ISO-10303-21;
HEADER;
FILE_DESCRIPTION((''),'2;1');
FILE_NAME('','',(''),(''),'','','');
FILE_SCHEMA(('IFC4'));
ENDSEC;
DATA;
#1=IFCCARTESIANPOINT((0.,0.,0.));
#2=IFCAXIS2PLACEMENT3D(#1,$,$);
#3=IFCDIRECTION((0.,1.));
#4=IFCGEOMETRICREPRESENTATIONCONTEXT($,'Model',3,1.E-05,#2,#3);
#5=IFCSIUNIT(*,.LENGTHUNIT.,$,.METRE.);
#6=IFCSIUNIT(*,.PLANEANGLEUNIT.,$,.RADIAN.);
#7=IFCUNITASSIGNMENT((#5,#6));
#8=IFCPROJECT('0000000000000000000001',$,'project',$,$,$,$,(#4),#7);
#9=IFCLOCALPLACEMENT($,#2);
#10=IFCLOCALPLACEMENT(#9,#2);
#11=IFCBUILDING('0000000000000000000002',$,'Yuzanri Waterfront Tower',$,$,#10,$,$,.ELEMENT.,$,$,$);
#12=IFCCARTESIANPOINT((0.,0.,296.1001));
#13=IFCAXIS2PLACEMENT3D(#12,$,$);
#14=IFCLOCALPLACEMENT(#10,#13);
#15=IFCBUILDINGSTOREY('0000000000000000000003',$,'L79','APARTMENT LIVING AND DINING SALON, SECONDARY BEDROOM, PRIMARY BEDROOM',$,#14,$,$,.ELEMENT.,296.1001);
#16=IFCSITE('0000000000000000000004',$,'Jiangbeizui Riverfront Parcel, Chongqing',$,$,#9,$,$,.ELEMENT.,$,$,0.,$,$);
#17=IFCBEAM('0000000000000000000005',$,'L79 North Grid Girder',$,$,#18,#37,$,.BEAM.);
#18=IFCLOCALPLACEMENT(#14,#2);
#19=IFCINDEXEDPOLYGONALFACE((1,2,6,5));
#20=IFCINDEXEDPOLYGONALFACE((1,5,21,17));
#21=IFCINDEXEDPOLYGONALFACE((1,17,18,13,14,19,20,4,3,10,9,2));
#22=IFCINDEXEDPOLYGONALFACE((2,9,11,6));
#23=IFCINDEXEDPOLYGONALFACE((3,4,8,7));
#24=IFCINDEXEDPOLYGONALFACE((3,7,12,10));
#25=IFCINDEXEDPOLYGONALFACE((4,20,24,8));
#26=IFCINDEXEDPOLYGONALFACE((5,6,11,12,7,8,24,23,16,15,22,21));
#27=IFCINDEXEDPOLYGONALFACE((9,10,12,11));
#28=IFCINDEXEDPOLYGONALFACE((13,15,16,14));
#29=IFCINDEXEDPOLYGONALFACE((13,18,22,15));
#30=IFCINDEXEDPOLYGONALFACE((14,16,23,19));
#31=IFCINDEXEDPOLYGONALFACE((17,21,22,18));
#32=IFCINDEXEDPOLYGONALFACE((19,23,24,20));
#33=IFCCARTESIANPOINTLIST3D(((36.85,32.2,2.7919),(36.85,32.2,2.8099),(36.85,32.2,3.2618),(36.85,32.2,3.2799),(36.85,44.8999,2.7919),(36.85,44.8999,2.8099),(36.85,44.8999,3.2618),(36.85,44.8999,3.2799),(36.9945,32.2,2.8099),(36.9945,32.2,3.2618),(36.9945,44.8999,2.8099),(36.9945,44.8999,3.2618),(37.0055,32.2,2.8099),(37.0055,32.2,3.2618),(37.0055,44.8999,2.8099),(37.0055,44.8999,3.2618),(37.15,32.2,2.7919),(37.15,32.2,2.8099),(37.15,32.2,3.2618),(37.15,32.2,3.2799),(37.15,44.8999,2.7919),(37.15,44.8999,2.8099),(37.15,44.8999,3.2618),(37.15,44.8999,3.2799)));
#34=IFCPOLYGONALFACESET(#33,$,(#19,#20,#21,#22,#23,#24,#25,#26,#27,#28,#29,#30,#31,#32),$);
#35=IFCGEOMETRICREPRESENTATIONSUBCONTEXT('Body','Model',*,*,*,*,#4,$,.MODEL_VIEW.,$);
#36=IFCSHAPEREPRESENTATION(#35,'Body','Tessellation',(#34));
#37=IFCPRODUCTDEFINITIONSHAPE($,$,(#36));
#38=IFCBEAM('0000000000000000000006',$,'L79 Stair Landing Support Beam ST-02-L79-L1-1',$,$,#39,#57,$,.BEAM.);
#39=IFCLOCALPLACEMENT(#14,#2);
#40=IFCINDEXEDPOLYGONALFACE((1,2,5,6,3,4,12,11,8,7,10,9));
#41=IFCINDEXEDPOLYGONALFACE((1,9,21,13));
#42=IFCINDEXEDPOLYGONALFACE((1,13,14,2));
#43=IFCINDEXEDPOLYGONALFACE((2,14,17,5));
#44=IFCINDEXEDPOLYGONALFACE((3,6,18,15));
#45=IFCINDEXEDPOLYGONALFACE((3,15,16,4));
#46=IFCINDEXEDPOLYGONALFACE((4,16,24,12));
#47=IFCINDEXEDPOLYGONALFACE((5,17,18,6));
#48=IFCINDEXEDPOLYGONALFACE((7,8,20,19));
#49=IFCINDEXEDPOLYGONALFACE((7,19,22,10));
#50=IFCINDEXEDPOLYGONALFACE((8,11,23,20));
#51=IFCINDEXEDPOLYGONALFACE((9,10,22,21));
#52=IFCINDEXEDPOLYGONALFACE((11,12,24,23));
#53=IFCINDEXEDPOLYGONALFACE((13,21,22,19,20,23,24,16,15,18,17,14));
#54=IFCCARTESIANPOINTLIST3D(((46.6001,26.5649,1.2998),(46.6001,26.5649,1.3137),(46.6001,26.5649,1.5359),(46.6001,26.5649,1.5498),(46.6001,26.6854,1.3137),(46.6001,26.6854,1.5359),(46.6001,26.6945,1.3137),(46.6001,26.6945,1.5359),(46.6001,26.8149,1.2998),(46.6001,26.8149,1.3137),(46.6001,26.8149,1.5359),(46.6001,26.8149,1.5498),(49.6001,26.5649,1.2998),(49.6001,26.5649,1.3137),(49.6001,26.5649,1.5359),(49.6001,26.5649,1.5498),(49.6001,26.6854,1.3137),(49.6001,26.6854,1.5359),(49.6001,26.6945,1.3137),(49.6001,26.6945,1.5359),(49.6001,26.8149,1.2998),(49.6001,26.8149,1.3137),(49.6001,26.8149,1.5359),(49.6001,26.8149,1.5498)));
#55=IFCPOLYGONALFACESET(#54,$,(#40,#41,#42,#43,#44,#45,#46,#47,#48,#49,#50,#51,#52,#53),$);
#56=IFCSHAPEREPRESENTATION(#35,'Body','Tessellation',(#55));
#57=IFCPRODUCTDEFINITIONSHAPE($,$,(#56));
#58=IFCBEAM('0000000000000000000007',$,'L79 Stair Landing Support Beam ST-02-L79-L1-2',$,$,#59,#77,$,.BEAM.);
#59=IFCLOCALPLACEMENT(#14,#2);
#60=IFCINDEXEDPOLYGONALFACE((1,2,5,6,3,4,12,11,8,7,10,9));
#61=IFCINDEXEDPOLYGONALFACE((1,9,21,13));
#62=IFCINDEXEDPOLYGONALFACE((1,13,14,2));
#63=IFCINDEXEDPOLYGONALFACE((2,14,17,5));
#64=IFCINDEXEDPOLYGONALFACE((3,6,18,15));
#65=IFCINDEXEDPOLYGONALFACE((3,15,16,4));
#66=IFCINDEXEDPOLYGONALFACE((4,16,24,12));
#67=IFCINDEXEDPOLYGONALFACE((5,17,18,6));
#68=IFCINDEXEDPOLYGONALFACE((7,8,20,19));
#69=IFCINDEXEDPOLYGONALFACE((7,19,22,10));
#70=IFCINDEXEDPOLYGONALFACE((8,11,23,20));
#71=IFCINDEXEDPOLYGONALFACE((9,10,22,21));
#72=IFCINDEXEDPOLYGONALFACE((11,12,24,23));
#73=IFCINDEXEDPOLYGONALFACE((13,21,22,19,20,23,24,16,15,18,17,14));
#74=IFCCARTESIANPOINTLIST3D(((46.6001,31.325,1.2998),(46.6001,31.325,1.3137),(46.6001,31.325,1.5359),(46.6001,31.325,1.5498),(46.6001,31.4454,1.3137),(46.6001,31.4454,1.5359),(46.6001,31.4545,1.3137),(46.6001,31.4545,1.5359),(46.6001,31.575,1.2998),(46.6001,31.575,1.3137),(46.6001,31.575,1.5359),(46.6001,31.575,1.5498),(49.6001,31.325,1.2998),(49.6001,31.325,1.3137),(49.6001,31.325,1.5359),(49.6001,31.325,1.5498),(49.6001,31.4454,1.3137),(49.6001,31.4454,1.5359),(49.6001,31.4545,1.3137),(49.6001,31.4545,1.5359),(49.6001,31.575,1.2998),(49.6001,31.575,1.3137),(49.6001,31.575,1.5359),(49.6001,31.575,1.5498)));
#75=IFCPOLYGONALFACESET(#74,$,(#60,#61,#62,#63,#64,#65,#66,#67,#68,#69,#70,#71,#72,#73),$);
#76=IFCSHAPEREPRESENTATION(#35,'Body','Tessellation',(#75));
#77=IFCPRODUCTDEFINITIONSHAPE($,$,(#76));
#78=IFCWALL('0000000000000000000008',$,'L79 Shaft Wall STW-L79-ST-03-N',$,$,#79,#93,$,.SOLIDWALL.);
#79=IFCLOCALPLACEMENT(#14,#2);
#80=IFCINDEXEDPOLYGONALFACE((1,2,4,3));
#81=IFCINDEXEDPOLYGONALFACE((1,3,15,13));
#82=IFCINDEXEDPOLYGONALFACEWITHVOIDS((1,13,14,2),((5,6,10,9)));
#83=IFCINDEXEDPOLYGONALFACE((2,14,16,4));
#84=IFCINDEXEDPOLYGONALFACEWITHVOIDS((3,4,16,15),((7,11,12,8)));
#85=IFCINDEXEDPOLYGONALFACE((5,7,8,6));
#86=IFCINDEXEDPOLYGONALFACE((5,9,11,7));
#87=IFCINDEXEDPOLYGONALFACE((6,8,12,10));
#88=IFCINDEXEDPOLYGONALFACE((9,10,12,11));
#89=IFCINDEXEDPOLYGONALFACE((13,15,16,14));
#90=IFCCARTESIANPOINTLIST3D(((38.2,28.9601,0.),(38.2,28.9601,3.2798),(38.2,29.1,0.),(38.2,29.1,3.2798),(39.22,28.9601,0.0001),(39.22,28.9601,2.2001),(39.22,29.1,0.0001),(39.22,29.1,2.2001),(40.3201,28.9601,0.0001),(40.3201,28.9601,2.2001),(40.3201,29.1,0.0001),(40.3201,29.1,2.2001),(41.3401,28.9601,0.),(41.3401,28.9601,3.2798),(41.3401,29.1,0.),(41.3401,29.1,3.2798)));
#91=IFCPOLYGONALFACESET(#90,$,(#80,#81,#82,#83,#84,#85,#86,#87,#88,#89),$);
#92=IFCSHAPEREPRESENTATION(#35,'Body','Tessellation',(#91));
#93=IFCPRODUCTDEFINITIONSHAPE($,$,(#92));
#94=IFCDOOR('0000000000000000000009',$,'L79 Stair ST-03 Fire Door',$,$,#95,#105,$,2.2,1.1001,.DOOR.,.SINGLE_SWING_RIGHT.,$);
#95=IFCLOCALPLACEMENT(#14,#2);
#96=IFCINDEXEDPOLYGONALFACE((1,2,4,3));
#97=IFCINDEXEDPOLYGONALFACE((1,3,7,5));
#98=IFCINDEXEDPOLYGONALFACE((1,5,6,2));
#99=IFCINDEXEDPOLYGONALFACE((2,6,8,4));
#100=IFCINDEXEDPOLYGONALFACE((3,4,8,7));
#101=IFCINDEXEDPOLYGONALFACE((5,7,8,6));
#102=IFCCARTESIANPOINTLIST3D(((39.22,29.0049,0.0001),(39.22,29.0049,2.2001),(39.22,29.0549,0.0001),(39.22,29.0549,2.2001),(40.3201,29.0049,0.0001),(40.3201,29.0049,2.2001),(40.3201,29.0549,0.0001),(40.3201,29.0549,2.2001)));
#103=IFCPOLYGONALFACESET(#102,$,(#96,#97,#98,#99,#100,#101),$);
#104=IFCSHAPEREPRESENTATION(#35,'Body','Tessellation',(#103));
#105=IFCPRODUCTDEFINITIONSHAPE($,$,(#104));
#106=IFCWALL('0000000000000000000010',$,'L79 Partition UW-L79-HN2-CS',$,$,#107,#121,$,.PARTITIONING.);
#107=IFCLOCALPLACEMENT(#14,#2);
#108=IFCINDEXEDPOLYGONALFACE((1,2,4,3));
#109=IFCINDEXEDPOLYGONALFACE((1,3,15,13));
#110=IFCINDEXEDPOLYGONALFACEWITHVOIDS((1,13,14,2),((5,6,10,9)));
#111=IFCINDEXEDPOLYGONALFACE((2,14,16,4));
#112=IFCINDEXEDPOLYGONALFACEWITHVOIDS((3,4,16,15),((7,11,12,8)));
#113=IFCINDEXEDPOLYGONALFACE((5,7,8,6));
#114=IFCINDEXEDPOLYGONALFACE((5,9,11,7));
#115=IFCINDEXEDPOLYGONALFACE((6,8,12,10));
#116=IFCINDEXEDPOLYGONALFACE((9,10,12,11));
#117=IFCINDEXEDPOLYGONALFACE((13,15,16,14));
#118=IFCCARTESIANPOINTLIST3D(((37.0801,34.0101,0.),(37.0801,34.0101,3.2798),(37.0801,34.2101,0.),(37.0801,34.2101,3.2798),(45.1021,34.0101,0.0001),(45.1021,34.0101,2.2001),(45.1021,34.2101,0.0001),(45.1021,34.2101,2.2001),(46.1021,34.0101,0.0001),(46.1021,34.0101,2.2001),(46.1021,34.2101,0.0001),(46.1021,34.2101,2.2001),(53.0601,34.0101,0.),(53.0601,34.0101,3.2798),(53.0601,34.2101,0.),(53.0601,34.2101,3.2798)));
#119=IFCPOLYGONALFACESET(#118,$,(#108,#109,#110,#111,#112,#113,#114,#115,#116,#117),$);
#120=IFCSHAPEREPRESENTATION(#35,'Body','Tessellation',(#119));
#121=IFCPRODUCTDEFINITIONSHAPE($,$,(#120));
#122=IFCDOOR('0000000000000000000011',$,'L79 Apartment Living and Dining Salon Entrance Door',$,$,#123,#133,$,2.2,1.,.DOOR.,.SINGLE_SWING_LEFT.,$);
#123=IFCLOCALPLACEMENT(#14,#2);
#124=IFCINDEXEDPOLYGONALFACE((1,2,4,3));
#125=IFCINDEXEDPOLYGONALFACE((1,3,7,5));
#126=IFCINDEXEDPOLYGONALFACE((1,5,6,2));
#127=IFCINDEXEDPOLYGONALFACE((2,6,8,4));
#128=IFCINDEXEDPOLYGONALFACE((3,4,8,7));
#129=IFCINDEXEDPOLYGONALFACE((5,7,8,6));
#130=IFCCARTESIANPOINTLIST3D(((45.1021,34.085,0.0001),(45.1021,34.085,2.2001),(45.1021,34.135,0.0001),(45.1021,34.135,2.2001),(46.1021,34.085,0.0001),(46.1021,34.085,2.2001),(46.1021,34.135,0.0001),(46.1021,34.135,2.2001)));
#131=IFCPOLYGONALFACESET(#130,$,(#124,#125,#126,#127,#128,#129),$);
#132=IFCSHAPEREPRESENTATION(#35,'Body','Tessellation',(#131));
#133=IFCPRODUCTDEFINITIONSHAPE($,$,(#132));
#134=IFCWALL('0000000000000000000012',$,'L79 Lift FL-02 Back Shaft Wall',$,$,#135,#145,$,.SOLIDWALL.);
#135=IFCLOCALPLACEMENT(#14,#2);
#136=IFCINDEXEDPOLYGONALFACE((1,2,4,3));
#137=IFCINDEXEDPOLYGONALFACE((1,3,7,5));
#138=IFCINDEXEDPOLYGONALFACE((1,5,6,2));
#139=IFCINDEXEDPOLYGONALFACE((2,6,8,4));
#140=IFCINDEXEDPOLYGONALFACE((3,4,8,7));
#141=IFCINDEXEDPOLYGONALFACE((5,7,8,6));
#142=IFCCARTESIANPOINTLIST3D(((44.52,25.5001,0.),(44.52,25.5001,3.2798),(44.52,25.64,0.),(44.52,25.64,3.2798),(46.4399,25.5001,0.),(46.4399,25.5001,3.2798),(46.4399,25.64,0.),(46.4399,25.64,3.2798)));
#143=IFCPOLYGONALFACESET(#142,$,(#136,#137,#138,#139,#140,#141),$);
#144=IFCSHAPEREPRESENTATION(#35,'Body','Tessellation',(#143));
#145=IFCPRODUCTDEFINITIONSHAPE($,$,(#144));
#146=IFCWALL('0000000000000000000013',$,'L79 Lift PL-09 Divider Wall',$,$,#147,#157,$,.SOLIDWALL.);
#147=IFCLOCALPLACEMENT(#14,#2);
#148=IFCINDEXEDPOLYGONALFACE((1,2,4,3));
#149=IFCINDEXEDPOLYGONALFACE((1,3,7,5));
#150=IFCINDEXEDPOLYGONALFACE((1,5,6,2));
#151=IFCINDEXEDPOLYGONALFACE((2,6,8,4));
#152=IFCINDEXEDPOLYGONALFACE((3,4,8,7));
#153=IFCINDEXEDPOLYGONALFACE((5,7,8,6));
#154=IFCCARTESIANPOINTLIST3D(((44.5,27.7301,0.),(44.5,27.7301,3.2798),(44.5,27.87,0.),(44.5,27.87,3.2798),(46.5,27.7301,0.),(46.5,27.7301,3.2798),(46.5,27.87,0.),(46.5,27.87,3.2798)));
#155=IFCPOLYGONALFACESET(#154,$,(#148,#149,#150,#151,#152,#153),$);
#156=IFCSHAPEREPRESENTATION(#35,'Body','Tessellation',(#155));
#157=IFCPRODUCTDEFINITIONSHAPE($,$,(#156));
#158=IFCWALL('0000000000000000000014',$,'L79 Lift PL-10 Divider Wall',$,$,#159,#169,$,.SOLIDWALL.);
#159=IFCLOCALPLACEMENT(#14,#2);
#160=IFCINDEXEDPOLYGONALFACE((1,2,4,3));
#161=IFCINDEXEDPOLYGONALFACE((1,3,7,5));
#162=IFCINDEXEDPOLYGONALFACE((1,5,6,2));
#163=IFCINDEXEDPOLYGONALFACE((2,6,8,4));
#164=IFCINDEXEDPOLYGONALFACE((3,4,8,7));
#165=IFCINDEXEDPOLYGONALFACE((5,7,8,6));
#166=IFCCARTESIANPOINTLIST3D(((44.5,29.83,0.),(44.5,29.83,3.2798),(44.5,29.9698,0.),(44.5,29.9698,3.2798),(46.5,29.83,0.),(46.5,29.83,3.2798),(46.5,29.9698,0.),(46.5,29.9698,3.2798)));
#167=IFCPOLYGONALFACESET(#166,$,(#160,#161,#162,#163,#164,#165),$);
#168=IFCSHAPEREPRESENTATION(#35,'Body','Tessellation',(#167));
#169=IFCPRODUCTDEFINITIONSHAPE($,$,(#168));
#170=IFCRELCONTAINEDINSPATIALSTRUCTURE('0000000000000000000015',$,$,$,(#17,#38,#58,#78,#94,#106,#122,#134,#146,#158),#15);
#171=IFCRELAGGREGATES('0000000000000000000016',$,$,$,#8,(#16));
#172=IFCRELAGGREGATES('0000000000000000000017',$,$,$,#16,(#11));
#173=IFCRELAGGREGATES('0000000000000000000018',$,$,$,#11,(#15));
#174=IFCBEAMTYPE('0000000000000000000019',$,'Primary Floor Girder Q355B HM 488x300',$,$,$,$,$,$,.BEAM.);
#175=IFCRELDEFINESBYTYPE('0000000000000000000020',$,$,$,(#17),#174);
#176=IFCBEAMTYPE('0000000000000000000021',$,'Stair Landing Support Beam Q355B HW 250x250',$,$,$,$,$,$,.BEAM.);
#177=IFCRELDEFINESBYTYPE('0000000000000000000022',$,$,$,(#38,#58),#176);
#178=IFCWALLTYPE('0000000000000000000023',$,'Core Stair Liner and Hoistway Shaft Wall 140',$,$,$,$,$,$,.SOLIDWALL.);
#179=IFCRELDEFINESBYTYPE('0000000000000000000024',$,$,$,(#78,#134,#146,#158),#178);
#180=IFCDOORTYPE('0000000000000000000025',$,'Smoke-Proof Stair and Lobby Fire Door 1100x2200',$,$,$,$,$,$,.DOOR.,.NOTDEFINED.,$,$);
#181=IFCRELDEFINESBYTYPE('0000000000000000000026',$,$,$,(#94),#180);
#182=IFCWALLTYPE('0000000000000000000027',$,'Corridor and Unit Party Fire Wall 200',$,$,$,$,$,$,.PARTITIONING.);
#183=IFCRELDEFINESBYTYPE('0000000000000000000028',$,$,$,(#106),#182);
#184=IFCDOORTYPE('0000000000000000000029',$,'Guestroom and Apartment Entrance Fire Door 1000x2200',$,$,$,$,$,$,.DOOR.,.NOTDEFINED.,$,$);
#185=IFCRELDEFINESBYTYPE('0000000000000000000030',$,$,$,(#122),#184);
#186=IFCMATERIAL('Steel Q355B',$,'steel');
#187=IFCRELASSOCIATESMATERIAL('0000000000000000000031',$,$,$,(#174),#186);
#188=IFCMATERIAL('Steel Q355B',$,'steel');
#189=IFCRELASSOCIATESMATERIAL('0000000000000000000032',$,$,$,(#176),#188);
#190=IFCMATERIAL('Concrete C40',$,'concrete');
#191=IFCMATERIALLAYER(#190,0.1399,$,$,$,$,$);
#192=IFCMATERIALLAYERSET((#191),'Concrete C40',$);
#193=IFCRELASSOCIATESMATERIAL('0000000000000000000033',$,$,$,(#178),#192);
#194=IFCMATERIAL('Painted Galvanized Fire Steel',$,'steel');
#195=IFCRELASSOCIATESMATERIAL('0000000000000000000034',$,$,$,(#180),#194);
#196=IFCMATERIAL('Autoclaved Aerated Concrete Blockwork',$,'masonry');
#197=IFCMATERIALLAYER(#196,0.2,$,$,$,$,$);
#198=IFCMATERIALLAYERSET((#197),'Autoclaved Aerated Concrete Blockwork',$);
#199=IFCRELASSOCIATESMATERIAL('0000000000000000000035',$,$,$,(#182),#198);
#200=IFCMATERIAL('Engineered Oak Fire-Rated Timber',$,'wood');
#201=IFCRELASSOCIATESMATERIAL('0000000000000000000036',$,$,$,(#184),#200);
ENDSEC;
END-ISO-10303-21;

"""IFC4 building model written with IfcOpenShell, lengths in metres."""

from ifc_helpers import new_model, si_unit, direction, frame, frame_2d, origin, origin_2d, place, context, subcontext, project, spatial, rectangle, i_section, extrude, source, transform, mapped, material, layer, layer_set, material_profile, profile_set, type_object, element, fill, save


model = new_model("IFC4")

# Units and contexts
model_context = context("Model", 3, precision=1e-05, world=origin(), true_north=direction((0.0, 1.0)))
body_context = subcontext(model_context, "Body", "Model", "MODEL_VIEW")
ifc_project = project(units=[si_unit("LENGTHUNIT", "METRE"), si_unit("PLANEANGLEUNIT", "RADIAN")], contexts=[model_context])

# Site, building, storey
site_placement = place(None, origin())
site = spatial("IfcSite", under=ifc_project, at=site_placement, Name="Jiangbeizui Riverfront Parcel, Chongqing", CompositionType="ELEMENT", RefElevation=0.0)
building_placement = place(site_placement, origin())
building = spatial("IfcBuilding", under=site, at=building_placement, Name="Yuzanri Waterfront Tower", CompositionType="ELEMENT")
storey_placement = place(building_placement, frame((0.0, 0.0, 296.1001)))
storey = spatial("IfcBuildingStorey", under=building, at=storey_placement, Name="L79", Description="APARTMENT LIVING AND DINING SALON, SECONDARY BEDROOM, PRIMARY BEDROOM", CompositionType="ELEMENT", Elevation=296.1001)

# Beams
ifc_material_1 = material(Name="Steel Q355B", Category="steel")
ifc_material_profile_1 = material_profile(ifc_material_1, i_section(OverallWidth=0.3, OverallDepth=0.488, WebThickness=0.011, FlangeThickness=0.0181, at=origin_2d()), Name="HM 488x300x11x18")
ifc_profile_set_1 = profile_set([ifc_material_profile_1], Name="Steel Q355B")
beam_type_1 = type_object("IfcBeamType", Name="Primary Floor Girder Q355B HM 488x300", PredefinedType="BEAM", material=ifc_profile_set_1)
shared_shape_1 = source(origin(), body_context, "Body", "SweptSolid", [
    extrude(i_section(OverallWidth=0.3, OverallDepth=0.488, WebThickness=0.011, FlangeThickness=0.0181, at=origin_2d()), origin(), (0.0, 0.0, 1.0), 12.7),
])
beam_placement = place(storey_placement, frame((37.0, 32.2, 3.0359), z_axis=(0.0, 1.0, 0.0), x_axis=(-1.0, 0.0, 0.0)))
element("IfcBeam", 1, at=beam_placement, inside=storey, type_object=beam_type_1, Name="L79 North Grid Girder", PredefinedType="BEAM", context=body_context, shape_type="MappedRepresentation", body=[
    mapped(shared_shape_1, transform((0.0, 0.0, 0.0), scale=1.0)),
])
ifc_material_2 = material(Name="Steel Q355B", Category="steel")
ifc_material_profile_2 = material_profile(ifc_material_2, i_section(OverallWidth=0.25, OverallDepth=0.25, WebThickness=0.009, FlangeThickness=0.0139, at=origin_2d()), Name="HW 250x250x9x14")
ifc_profile_set_2 = profile_set([ifc_material_profile_2], Name="Steel Q355B")
beam_type_2 = type_object("IfcBeamType", Name="Stair Landing Support Beam Q355B HW 250x250", PredefinedType="BEAM", material=ifc_profile_set_2)
shared_shape_2 = source(origin(), body_context, "Body", "SweptSolid", [
    extrude(i_section(OverallWidth=0.25, OverallDepth=0.25, WebThickness=0.009, FlangeThickness=0.0139, at=origin_2d()), origin(), (0.0, 0.0, 1.0), 3.0),
])
for number, where, z_axis, x_axis, name in (
    (2, (46.6001, 26.6899, 1.4248), (1.0, 0.0, 0.0), (0.0, 1.0, 0.0), "L79 Stair Landing Support Beam ST-02-L79-L1-1"),
    (3, (46.6001, 31.45, 1.4248), (1.0, 0.0, 0.0), (0.0, 1.0, 0.0), "L79 Stair Landing Support Beam ST-02-L79-L1-2"),
):
    element("IfcBeam", number, at=place(storey_placement, frame(where, z_axis=z_axis, x_axis=x_axis)), inside=storey, type_object=beam_type_2, Name=name, PredefinedType="BEAM", context=body_context, shape_type="MappedRepresentation", body=[
        mapped(shared_shape_2, transform((0.0, 0.0, 0.0), scale=1.0)),
    ])

# Walls, openings, doors
ifc_material_3 = material(Name="Concrete C40", Category="concrete")
ifc_layer_1 = layer(ifc_material_3, 0.1399)
ifc_layer_set_1 = layer_set([ifc_layer_1], Name="Concrete C40")
wall_type_1 = type_object("IfcWallType", Name="Core Stair Liner and Hoistway Shaft Wall 140", PredefinedType="SOLIDWALL", material=ifc_layer_set_1)
wall_1_placement = place(storey_placement, frame((38.2, 29.03, 0.0), z_axis=(0.0, 0.0, 1.0), x_axis=(1.0, 0.0, 0.0)))
wall_1 = element("IfcWall", 4, at=wall_1_placement, inside=storey, type_object=wall_type_1, Name="L79 Shaft Wall STW-L79-ST-03-N", PredefinedType="SOLIDWALL", context=body_context, shape_type="SweptSolid", body=[
    extrude(rectangle(XDim=3.1401, YDim=0.1399, at=frame_2d((1.5701, 0.0))), origin(), (0.0, 0.0, 1.0), 3.2798),
])
opening_1_placement = place(wall_1_placement, frame((1.02, 0.0, 0.0)))
opening_1 = element("IfcOpeningElement", 5, at=opening_1_placement, cuts=wall_1, PredefinedType="OPENING", context=body_context, shape_type="SweptSolid", body=[
    extrude(rectangle(XDim=1.1001, YDim=2.2, at=frame_2d((0.55, 1.1001))), frame((0.0, 0.085, 0.0), z_axis=(0.0, -1.0, 0.0), x_axis=(1.0, 0.0, 0.0)), (0.0, 0.0, 1.0), 0.1697),
])
ifc_material_4 = material(Name="Painted Galvanized Fire Steel", Category="steel")
door_type_1 = type_object("IfcDoorType", Name="Smoke-Proof Stair and Lobby Fire Door 1100x2200", OperationType="NOTDEFINED", PredefinedType="DOOR", material=ifc_material_4)
shared_shape_3 = source(origin(), body_context, "Body", "SweptSolid", [
    extrude(rectangle(XDim=1.1001, YDim=2.2, at=frame_2d((0.55, 1.1001))), frame((0.0, 0.0249, 0.0), z_axis=(0.0, -1.0, 0.0), x_axis=(1.0, 0.0, 0.0)), (0.0, 0.0, 1.0), 0.05),
])
door_1_placement = place(opening_1_placement, origin())
door_1 = element("IfcDoor", 6, at=door_1_placement, inside=storey, type_object=door_type_1, Name="L79 Stair ST-03 Fire Door", OperationType="SINGLE_SWING_RIGHT", OverallHeight=2.2, OverallWidth=1.1001, PredefinedType="DOOR", context=body_context, shape_type="MappedRepresentation", body=[
    mapped(shared_shape_3, transform((0.0, 0.0, 0.0), scale=1.0)),
])
fill(opening_1, door_1)
ifc_material_5 = material(Name="Autoclaved Aerated Concrete Blockwork", Category="masonry")
ifc_layer_2 = layer(ifc_material_5, 0.2)
ifc_layer_set_2 = layer_set([ifc_layer_2], Name="Autoclaved Aerated Concrete Blockwork")
wall_type_2 = type_object("IfcWallType", Name="Corridor and Unit Party Fire Wall 200", PredefinedType="PARTITIONING", material=ifc_layer_set_2)
wall_2_placement = place(storey_placement, frame((37.0801, 34.1101, 0.0), z_axis=(0.0, 0.0, 1.0), x_axis=(1.0, 0.0, 0.0)))
wall_2 = element("IfcWall", 7, at=wall_2_placement, inside=storey, type_object=wall_type_2, Name="L79 Partition UW-L79-HN2-CS", PredefinedType="PARTITIONING", context=body_context, shape_type="SweptSolid", body=[
    extrude(rectangle(XDim=15.98, YDim=0.2, at=frame_2d((7.99, 0.0))), origin(), (0.0, 0.0, 1.0), 3.2798),
])
opening_2_placement = place(wall_2_placement, frame((8.022, 0.0, 0.0)))
opening_2 = element("IfcOpeningElement", 8, at=opening_2_placement, cuts=wall_2, PredefinedType="OPENING", context=body_context, shape_type="SweptSolid", body=[
    extrude(rectangle(XDim=1.0, YDim=2.2, at=frame_2d((0.5, 1.1001))), frame((0.0, 0.1147, 0.0), z_axis=(0.0, -1.0, 0.0), x_axis=(1.0, 0.0, 0.0)), (0.0, 0.0, 1.0), 0.2297),
])
ifc_material_6 = material(Name="Engineered Oak Fire-Rated Timber", Category="wood")
door_type_2 = type_object("IfcDoorType", Name="Guestroom and Apartment Entrance Fire Door 1000x2200", OperationType="NOTDEFINED", PredefinedType="DOOR", material=ifc_material_6)
shared_shape_4 = source(origin(), body_context, "Body", "SweptSolid", [
    extrude(rectangle(XDim=1.0, YDim=2.2, at=frame_2d((0.5, 1.1001))), frame((0.0, 0.0249, 0.0), z_axis=(0.0, -1.0, 0.0), x_axis=(1.0, 0.0, 0.0)), (0.0, 0.0, 1.0), 0.05),
])
door_2_placement = place(opening_2_placement, origin())
door_2 = element("IfcDoor", 9, at=door_2_placement, inside=storey, type_object=door_type_2, Name="L79 Apartment Living and Dining Salon Entrance Door", OperationType="SINGLE_SWING_LEFT", OverallHeight=2.2, OverallWidth=1.0, PredefinedType="DOOR", context=body_context, shape_type="MappedRepresentation", body=[
    mapped(shared_shape_4, transform((0.0, 0.0, 0.0), scale=1.0)),
])
fill(opening_2, door_2)

# Walls
shared_shape_5 = source(origin(), body_context, "Body", "SweptSolid", [
    extrude(rectangle(XDim=1.9199, YDim=0.1399, at=frame_2d((0.96, 0.0))), origin(), (0.0, 0.0, 1.0), 3.2798),
])
wall_3_placement = place(storey_placement, frame((44.52, 25.5701, 0.0), z_axis=(0.0, 0.0, 1.0), x_axis=(1.0, 0.0, 0.0)))
element("IfcWall", 10, at=wall_3_placement, inside=storey, type_object=wall_type_1, Name="L79 Lift FL-02 Back Shaft Wall", PredefinedType="SOLIDWALL", context=body_context, shape_type="MappedRepresentation", body=[
    mapped(shared_shape_5, transform((0.0, 0.0, 0.0), scale=1.0)),
])
shared_shape_6 = source(origin(), body_context, "Body", "SweptSolid", [
    extrude(rectangle(XDim=2.0, YDim=0.1399, at=frame_2d((1.0, 0.0))), origin(), (0.0, 0.0, 1.0), 3.2798),
])
for number, where, z_axis, x_axis, name in (
    (11, (44.5, 27.8, 0.0), (0.0, 0.0, 1.0), (1.0, 0.0, 0.0), "L79 Lift PL-09 Divider Wall"),
    (12, (44.5, 29.8999, 0.0), (0.0, 0.0, 1.0), (1.0, 0.0, 0.0), "L79 Lift PL-10 Divider Wall"),
):
    element("IfcWall", number, at=place(storey_placement, frame(where, z_axis=z_axis, x_axis=x_axis)), inside=storey, type_object=wall_type_1, Name=name, PredefinedType="SOLIDWALL", context=body_context, shape_type="MappedRepresentation", body=[
        mapped(shared_shape_6, transform((0.0, 0.0, 0.0), scale=1.0)),
    ])

save(model, "model.ifc")
